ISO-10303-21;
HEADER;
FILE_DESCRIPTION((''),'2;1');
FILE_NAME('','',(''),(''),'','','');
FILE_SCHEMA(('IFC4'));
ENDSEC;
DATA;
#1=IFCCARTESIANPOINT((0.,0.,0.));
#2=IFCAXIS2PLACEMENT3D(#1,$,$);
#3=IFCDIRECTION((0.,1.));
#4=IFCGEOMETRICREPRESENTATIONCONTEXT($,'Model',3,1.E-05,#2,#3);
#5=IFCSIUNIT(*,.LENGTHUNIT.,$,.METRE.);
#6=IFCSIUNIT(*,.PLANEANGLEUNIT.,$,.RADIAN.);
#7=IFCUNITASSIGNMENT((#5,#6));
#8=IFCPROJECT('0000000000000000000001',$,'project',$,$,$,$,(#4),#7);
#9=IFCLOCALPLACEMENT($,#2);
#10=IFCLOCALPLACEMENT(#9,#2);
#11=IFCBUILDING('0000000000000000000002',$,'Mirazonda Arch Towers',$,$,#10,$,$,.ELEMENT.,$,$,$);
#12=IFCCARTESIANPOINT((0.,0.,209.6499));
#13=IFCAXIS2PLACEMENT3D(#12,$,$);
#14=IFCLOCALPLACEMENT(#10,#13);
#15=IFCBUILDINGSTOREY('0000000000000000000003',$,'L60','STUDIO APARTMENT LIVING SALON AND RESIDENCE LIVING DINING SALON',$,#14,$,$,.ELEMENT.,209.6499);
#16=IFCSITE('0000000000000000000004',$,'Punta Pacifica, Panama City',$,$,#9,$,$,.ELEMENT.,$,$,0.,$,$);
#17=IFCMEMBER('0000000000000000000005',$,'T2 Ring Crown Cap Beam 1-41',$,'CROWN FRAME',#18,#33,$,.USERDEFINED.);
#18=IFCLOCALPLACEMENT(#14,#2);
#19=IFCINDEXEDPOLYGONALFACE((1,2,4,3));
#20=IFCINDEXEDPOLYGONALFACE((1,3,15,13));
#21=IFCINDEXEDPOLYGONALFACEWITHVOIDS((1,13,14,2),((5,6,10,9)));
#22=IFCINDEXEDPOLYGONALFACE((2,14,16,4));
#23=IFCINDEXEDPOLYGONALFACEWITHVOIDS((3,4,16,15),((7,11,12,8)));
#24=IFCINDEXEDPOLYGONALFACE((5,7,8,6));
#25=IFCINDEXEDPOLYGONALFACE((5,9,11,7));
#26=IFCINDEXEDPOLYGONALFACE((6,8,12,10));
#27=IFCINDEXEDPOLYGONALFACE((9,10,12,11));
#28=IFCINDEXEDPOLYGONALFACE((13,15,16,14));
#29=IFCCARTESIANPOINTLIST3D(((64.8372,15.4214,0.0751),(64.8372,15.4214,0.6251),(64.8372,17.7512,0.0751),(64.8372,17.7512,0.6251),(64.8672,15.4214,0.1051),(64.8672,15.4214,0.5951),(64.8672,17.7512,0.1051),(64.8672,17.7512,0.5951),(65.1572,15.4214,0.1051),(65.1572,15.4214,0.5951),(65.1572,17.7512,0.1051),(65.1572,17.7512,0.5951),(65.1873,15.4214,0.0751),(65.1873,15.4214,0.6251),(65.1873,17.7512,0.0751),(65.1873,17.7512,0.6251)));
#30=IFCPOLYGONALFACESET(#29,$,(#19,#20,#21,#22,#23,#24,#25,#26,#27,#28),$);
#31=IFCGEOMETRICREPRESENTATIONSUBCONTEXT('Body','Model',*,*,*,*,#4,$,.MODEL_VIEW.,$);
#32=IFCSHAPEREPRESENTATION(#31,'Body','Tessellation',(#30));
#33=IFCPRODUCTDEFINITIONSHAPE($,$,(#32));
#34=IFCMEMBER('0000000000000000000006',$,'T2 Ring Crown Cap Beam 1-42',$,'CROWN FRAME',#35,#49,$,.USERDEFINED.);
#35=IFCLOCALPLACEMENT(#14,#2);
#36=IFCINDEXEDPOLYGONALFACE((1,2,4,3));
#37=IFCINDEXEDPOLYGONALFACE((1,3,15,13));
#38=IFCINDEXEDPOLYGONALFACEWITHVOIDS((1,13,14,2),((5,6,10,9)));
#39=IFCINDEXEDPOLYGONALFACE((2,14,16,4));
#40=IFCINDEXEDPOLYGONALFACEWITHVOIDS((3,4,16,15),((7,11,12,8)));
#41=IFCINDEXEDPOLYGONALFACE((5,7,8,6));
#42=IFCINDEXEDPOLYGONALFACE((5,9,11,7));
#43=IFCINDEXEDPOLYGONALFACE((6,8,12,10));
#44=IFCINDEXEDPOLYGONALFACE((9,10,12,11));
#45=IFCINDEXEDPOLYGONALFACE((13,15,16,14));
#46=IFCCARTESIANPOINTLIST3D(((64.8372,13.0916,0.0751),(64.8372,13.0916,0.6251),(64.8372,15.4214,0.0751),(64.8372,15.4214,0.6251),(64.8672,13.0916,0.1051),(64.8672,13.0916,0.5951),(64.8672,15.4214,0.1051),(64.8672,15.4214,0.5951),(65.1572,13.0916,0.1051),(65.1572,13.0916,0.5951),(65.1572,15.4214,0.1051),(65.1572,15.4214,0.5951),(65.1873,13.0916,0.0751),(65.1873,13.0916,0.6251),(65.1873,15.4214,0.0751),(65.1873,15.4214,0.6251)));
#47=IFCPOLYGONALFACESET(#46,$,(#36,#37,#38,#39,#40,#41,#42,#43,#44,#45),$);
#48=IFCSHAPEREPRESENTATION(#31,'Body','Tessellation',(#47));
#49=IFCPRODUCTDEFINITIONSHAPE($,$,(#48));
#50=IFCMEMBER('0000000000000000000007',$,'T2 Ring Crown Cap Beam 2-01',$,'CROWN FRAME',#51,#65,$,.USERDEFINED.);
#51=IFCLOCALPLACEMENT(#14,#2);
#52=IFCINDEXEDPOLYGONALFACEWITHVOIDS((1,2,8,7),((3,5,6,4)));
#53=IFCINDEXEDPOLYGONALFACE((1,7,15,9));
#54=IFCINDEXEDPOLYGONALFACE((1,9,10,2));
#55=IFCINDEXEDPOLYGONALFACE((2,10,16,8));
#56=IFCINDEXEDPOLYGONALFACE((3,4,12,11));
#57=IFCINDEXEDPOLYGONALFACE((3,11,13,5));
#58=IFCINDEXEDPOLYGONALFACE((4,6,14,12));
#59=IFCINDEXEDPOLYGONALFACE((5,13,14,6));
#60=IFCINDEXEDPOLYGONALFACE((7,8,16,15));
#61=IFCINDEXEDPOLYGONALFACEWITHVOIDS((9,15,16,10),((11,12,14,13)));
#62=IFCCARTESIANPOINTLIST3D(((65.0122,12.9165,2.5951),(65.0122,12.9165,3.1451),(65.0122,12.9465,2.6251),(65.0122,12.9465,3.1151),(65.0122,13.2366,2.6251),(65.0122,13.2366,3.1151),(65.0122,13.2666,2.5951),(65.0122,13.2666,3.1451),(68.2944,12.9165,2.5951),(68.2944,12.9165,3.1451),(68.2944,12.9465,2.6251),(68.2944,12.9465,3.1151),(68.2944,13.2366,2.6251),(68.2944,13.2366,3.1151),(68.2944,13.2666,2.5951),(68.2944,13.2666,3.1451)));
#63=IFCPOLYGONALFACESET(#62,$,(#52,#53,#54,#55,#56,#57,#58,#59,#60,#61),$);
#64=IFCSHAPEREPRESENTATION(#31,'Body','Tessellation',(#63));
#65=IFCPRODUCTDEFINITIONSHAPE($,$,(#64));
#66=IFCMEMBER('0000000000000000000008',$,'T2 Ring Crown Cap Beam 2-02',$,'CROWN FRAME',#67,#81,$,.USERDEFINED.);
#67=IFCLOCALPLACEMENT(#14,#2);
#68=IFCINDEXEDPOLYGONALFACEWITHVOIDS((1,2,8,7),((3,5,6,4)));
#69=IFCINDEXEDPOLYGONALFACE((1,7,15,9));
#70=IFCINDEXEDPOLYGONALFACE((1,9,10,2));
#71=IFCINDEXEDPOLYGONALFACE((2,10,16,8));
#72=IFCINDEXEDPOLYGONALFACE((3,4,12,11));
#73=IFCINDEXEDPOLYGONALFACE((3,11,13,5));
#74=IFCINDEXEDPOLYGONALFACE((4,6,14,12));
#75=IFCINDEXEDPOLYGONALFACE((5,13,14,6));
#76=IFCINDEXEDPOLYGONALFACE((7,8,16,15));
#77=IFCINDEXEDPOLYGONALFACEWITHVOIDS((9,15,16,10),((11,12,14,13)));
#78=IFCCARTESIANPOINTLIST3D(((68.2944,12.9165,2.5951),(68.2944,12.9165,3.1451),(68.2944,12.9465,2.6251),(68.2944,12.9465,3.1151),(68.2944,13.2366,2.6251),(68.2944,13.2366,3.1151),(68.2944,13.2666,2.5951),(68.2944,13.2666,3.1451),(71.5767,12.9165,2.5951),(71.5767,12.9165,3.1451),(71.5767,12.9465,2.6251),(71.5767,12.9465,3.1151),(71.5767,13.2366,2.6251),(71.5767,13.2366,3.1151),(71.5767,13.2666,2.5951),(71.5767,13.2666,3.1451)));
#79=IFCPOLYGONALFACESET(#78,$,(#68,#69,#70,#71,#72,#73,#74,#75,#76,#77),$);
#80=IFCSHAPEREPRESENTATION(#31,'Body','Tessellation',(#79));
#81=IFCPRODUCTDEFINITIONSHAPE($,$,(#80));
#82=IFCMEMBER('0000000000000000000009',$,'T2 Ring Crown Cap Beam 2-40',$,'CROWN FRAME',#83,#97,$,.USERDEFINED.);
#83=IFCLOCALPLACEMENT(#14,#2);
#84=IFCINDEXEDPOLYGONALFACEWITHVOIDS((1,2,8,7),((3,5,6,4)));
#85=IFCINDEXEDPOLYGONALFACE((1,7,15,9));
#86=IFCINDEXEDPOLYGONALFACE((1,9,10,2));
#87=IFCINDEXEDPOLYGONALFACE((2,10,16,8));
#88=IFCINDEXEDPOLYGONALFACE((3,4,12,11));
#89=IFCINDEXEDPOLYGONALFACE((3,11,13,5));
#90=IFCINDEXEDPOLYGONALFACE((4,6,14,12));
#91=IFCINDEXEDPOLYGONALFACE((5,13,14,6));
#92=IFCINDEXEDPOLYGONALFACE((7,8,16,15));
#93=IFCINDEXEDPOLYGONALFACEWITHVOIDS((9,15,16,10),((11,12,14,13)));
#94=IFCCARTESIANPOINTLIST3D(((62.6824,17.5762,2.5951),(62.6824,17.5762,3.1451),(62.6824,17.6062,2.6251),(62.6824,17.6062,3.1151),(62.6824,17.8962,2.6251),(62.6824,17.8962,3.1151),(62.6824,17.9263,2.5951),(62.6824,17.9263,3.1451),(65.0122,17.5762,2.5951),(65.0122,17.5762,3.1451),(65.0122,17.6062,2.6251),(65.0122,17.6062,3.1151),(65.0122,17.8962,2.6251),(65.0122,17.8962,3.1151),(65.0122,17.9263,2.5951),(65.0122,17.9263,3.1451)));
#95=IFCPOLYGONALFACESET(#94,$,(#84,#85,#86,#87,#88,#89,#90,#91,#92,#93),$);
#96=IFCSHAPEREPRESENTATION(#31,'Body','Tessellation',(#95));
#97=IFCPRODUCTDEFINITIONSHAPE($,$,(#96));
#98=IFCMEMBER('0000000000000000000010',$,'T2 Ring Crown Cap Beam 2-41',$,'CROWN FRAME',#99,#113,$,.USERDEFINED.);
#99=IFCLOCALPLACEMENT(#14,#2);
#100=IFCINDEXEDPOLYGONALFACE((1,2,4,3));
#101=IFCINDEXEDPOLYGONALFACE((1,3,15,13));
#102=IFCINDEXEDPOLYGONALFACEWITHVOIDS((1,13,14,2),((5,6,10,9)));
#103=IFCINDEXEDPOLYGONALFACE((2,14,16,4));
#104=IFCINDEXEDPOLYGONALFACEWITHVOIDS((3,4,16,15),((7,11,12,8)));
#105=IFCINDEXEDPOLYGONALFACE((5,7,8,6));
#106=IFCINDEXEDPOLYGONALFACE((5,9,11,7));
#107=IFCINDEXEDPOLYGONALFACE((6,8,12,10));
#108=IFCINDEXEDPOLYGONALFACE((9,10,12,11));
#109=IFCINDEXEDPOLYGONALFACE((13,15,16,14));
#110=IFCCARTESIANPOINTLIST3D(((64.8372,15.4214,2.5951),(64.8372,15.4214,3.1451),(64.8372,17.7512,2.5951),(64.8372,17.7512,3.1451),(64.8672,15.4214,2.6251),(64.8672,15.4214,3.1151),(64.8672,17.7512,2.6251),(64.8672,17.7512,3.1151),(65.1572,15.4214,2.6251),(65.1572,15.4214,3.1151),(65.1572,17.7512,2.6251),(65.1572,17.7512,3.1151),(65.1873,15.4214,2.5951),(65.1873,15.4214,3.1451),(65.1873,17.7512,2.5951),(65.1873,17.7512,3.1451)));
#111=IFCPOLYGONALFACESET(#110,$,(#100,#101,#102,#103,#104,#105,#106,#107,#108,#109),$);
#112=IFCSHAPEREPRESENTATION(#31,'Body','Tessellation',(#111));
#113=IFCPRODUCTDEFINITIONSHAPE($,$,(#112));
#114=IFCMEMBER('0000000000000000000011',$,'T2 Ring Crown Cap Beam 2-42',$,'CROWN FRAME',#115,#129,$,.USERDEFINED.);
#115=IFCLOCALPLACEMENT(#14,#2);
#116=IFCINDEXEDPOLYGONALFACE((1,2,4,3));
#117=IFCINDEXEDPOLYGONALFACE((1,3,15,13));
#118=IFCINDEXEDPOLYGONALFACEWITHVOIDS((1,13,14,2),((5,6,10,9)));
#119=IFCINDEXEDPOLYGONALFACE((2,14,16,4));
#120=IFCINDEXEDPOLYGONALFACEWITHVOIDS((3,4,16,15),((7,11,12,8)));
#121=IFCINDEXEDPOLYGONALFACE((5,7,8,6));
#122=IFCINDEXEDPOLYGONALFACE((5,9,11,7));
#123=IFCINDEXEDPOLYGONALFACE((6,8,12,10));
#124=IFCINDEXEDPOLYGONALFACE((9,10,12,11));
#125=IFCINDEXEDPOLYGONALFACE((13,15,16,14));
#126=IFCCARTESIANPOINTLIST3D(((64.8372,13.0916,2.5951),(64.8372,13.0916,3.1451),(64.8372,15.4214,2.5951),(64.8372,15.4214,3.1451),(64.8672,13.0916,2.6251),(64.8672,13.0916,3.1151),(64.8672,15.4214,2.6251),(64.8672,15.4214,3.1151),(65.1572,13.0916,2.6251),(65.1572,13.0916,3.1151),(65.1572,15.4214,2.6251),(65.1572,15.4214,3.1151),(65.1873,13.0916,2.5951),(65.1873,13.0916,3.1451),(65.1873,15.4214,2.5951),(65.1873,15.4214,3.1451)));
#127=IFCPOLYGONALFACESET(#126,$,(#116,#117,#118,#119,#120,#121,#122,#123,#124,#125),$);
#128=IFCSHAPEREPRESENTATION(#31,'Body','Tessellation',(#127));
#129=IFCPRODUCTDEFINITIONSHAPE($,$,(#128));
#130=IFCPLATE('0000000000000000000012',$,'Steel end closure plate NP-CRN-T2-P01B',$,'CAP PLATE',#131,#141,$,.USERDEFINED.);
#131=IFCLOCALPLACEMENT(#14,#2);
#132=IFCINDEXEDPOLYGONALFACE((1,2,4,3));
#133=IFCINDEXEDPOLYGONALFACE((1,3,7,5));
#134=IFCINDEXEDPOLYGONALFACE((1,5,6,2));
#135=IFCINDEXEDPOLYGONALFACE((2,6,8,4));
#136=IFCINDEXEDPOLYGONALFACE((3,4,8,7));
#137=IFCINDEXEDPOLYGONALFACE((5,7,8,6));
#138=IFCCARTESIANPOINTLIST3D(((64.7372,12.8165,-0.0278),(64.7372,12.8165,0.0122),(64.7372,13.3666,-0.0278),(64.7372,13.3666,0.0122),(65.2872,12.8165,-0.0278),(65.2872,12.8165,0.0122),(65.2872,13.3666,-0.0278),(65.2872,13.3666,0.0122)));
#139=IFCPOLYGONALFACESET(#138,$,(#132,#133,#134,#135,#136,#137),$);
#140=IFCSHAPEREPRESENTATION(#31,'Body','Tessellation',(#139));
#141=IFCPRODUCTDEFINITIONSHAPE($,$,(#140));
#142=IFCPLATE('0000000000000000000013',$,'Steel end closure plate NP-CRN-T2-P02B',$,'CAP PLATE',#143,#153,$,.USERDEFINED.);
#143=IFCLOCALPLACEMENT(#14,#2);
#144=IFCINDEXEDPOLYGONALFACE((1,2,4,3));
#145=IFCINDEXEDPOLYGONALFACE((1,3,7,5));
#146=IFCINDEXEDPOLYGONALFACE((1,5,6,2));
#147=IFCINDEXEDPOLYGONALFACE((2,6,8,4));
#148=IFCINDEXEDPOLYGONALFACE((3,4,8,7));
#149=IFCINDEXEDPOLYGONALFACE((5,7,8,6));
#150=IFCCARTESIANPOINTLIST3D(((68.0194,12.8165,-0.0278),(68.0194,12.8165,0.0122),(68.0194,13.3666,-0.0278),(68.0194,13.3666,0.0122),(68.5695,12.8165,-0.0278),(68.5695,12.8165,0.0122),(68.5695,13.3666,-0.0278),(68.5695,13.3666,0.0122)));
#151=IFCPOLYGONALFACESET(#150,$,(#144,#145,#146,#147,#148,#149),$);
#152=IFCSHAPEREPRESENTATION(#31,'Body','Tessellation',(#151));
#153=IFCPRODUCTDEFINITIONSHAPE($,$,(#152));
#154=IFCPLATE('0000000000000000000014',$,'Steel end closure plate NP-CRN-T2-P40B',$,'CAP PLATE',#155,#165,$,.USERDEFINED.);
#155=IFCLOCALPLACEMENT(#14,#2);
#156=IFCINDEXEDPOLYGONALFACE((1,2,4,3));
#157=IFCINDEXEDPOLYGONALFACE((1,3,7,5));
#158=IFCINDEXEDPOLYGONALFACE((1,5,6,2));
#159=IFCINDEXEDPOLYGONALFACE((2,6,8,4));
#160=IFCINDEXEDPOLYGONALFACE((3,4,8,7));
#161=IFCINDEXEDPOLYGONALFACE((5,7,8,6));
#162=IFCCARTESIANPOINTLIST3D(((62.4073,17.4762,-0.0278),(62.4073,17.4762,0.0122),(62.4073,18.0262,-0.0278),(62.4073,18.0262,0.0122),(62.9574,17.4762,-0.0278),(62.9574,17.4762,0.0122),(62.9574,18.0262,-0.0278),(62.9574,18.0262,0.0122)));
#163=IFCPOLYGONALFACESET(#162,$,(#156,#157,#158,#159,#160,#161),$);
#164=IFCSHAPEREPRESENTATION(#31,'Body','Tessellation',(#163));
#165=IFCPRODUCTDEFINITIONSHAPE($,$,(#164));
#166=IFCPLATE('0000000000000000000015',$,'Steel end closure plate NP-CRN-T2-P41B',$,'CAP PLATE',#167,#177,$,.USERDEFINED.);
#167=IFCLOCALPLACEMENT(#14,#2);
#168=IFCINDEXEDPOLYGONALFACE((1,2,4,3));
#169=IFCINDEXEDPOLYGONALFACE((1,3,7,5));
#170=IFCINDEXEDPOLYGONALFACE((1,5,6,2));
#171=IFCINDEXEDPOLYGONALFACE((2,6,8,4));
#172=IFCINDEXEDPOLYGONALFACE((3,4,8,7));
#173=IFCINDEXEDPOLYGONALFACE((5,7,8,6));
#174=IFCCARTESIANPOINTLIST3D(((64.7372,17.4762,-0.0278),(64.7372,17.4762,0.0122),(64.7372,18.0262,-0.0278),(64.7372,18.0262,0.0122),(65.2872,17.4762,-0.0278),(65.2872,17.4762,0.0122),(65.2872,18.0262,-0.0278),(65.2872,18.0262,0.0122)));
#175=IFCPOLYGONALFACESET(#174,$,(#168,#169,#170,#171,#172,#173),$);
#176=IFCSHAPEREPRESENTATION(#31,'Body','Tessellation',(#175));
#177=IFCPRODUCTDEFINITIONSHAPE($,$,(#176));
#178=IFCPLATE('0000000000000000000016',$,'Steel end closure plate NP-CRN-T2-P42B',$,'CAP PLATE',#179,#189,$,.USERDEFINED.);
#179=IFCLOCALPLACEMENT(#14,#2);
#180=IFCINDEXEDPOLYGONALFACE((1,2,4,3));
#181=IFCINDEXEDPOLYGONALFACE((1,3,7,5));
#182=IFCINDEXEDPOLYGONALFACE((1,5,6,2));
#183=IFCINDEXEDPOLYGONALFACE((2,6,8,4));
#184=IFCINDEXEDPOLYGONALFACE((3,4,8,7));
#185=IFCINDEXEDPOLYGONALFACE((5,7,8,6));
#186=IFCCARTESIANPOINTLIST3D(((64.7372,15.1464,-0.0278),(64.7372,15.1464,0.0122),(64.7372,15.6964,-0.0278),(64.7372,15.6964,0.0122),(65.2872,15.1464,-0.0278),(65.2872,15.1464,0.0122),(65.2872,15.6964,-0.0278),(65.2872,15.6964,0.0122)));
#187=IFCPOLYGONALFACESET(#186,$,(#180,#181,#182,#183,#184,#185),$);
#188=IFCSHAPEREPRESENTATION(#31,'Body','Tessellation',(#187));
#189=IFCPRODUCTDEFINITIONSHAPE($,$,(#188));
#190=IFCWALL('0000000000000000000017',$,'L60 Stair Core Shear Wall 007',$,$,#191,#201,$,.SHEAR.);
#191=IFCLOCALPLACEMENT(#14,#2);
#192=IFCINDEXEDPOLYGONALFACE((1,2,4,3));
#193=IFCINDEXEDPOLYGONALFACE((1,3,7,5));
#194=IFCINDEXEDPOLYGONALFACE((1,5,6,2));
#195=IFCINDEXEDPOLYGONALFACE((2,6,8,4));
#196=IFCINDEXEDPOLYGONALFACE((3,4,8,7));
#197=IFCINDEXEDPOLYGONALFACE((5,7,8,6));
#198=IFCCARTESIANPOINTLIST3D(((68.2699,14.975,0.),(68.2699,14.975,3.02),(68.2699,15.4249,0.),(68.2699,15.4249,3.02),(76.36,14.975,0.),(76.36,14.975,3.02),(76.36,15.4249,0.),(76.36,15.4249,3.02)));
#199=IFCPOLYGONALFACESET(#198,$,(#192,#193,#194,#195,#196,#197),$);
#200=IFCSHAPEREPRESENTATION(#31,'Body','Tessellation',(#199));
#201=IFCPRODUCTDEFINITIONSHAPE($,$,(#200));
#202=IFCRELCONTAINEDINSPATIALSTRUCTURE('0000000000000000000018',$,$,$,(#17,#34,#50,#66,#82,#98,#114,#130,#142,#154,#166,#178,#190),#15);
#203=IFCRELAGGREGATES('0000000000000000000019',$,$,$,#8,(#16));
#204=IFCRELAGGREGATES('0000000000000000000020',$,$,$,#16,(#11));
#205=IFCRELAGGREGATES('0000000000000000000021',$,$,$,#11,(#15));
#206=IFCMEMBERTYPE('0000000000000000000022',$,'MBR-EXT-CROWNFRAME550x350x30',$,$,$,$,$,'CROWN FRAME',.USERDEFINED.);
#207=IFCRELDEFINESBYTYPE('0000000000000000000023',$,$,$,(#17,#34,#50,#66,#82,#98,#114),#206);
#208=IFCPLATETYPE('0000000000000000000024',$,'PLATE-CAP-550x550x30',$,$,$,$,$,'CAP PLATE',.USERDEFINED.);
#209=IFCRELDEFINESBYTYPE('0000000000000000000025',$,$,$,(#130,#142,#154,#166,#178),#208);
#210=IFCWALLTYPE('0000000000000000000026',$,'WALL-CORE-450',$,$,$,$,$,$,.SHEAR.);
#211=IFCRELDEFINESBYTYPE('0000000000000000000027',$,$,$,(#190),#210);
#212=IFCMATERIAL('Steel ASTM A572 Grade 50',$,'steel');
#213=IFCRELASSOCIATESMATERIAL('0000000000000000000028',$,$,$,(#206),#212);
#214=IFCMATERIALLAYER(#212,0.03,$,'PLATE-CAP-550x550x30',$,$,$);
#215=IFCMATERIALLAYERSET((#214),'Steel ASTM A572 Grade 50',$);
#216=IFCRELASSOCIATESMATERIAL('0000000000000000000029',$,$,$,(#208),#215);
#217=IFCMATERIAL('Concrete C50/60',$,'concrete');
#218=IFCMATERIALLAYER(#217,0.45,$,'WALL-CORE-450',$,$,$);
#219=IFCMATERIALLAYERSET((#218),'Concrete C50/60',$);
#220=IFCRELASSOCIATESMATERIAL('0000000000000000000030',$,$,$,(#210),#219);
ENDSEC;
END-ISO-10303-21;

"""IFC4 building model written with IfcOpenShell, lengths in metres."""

from ifc_helpers import new_model, si_unit, direction, frame, frame_2d, origin, origin_2d, place, context, subcontext, project, spatial, rectangle, hollow_rectangle, extrude, material, layer, layer_set, material_profile, profile_set, type_object, element, save


model = new_model("IFC4")

# Units and contexts
model_context = context("Model", 3, precision=1e-05, world=origin(), true_north=direction((0.0, 1.0)))
body_context = subcontext(model_context, "Body", "Model", "MODEL_VIEW")
ifc_project = project(units=[si_unit("LENGTHUNIT", "METRE"), si_unit("PLANEANGLEUNIT", "RADIAN")], contexts=[model_context])

# Site, building, storey
site_placement = place(None, origin())
site = spatial("IfcSite", under=ifc_project, at=site_placement, Name="Punta Pacifica, Panama City", CompositionType="ELEMENT", RefElevation=0.0)
building_placement = place(site_placement, origin())
building = spatial("IfcBuilding", under=site, at=building_placement, Name="Mirazonda Arch Towers", CompositionType="ELEMENT")
storey_placement = place(building_placement, frame((0.0, 0.0, 209.6499)))
storey = spatial("IfcBuildingStorey", under=building, at=storey_placement, Name="L60", Description="STUDIO APARTMENT LIVING SALON AND RESIDENCE LIVING DINING SALON", CompositionType="ELEMENT", Elevation=209.6499)

# Members
ifc_material_1 = material(Name="Steel ASTM A572 Grade 50", Category="steel")
ifc_material_profile_1 = material_profile(ifc_material_1, hollow_rectangle(XDim=0.3501, YDim=0.55, WallThickness=0.03, at=origin_2d()), Name="CROWNFRAME550x350x30")
ifc_profile_set_1 = profile_set([ifc_material_profile_1], Name="Steel ASTM A572 Grade 50")
member_type_1 = type_object("IfcMemberType", Name="MBR-EXT-CROWNFRAME550x350x30", ElementType="CROWN FRAME", PredefinedType="USERDEFINED", material=ifc_profile_set_1)
for number, where, z_axis, x_axis, name in (
    (1, (65.0122, 17.7512, 0.3501), (0.0, -1.0, 0.0), (1.0, 0.0, 0.0), "T2 Ring Crown Cap Beam 1-41"),
    (2, (65.0122, 15.4214, 0.3501), (0.0, -1.0, 0.0), (1.0, 0.0, 0.0), "T2 Ring Crown Cap Beam 1-42"),
):
    element("IfcMember", number, at=place(storey_placement, frame(where, z_axis=z_axis, x_axis=x_axis)), inside=storey, type_object=member_type_1, Name=name, ObjectType="CROWN FRAME", PredefinedType="USERDEFINED", context=body_context, shape_type="SweptSolid", body=[
        extrude(hollow_rectangle(XDim=0.3501, YDim=0.55, WallThickness=0.03, at=origin_2d()), origin(), (0.0, 0.0, 1.0), 2.3298),
    ])
for number, where, z_axis, x_axis, name in (
    (3, (65.0122, 13.0916, 2.8701), (1.0, 0.0, 0.0), (0.0, 1.0, 0.0), "T2 Ring Crown Cap Beam 2-01"),
    (4, (68.2944, 13.0916, 2.8701), (1.0, 0.0, 0.0), (0.0, 1.0, 0.0), "T2 Ring Crown Cap Beam 2-02"),
):
    element("IfcMember", number, at=place(storey_placement, frame(where, z_axis=z_axis, x_axis=x_axis)), inside=storey, type_object=member_type_1, Name=name, ObjectType="CROWN FRAME", PredefinedType="USERDEFINED", context=body_context, shape_type="SweptSolid", body=[
        extrude(hollow_rectangle(XDim=0.3501, YDim=0.55, WallThickness=0.03, at=origin_2d()), origin(), (0.0, 0.0, 1.0), 3.2822),
    ])
for number, where, z_axis, x_axis, name in (
    (5, (62.6824, 17.7512, 2.8701), (1.0, 0.0, 0.0), (0.0, 1.0, 0.0), "T2 Ring Crown Cap Beam 2-40"),
    (6, (65.0122, 17.7512, 2.8701), (0.0, -1.0, 0.0), (1.0, 0.0, 0.0), "T2 Ring Crown Cap Beam 2-41"),
    (7, (65.0122, 15.4214, 2.8701), (0.0, -1.0, 0.0), (1.0, 0.0, 0.0), "T2 Ring Crown Cap Beam 2-42"),
):
    element("IfcMember", number, at=place(storey_placement, frame(where, z_axis=z_axis, x_axis=x_axis)), inside=storey, type_object=member_type_1, Name=name, ObjectType="CROWN FRAME", PredefinedType="USERDEFINED", context=body_context, shape_type="SweptSolid", body=[
        extrude(hollow_rectangle(XDim=0.3501, YDim=0.55, WallThickness=0.03, at=origin_2d()), origin(), (0.0, 0.0, 1.0), 2.3298),
    ])

# Plates
ifc_layer_1 = layer(ifc_material_1, 0.03, Name="PLATE-CAP-550x550x30")
ifc_layer_set_1 = layer_set([ifc_layer_1], Name="Steel ASTM A572 Grade 50")
plate_type = type_object("IfcPlateType", Name="PLATE-CAP-550x550x30", ElementType="CAP PLATE", PredefinedType="USERDEFINED", material=ifc_layer_set_1)
for number, where, z_axis, x_axis, name in (
    (8, (65.0122, 13.0916, -0.0278), (0.0, 0.0, 1.0), (1.0, 0.0, 0.0), "Steel end closure plate NP-CRN-T2-P01B"),
    (9, (68.2944, 13.0916, -0.0278), (0.0, 0.0, 1.0), (1.0, 0.0, 0.0), "Steel end closure plate NP-CRN-T2-P02B"),
    (10, (62.6824, 17.7512, -0.0278), (0.0, 0.0, 1.0), (1.0, 0.0, 0.0), "Steel end closure plate NP-CRN-T2-P40B"),
    (11, (65.0122, 17.7512, -0.0278), (0.0, 0.0, 1.0), (1.0, 0.0, 0.0), "Steel end closure plate NP-CRN-T2-P41B"),
    (12, (65.0122, 15.4214, -0.0278), (0.0, 0.0, 1.0), (1.0, 0.0, 0.0), "Steel end closure plate NP-CRN-T2-P42B"),
):
    element("IfcPlate", number, at=place(storey_placement, frame(where, z_axis=z_axis, x_axis=x_axis)), inside=storey, type_object=plate_type, Name=name, ObjectType="CAP PLATE", PredefinedType="USERDEFINED", context=body_context, shape_type="SweptSolid", body=[
        extrude(rectangle(XDim=0.55, YDim=0.55, at=origin_2d()), origin(), (0.0, 0.0, 1.0), 0.04),
    ])

# Wall
ifc_material_2 = material(Name="Concrete C50/60", Category="concrete")
ifc_layer_2 = layer(ifc_material_2, 0.45, Name="WALL-CORE-450")
ifc_layer_set_2 = layer_set([ifc_layer_2], Name="Concrete C50/60")
wall_type = type_object("IfcWallType", Name="WALL-CORE-450", PredefinedType="SHEAR", material=ifc_layer_set_2)
wall_1_placement = place(storey_placement, frame((68.27, 15.2, 0.0), z_axis=(0.0, 0.0, 1.0), x_axis=(1.0, 0.0, 0.0)))
element("IfcWall", 13, at=wall_1_placement, inside=storey, type_object=wall_type, Name="L60 Stair Core Shear Wall 007", PredefinedType="SHEAR", context=body_context, shape_type="SweptSolid", body=[
    extrude(rectangle(XDim=8.0901, YDim=0.45, at=frame_2d((4.0449, 0.0))), origin(), (0.0, 0.0, 1.0), 3.02),
])

save(model, "model.ifc")
